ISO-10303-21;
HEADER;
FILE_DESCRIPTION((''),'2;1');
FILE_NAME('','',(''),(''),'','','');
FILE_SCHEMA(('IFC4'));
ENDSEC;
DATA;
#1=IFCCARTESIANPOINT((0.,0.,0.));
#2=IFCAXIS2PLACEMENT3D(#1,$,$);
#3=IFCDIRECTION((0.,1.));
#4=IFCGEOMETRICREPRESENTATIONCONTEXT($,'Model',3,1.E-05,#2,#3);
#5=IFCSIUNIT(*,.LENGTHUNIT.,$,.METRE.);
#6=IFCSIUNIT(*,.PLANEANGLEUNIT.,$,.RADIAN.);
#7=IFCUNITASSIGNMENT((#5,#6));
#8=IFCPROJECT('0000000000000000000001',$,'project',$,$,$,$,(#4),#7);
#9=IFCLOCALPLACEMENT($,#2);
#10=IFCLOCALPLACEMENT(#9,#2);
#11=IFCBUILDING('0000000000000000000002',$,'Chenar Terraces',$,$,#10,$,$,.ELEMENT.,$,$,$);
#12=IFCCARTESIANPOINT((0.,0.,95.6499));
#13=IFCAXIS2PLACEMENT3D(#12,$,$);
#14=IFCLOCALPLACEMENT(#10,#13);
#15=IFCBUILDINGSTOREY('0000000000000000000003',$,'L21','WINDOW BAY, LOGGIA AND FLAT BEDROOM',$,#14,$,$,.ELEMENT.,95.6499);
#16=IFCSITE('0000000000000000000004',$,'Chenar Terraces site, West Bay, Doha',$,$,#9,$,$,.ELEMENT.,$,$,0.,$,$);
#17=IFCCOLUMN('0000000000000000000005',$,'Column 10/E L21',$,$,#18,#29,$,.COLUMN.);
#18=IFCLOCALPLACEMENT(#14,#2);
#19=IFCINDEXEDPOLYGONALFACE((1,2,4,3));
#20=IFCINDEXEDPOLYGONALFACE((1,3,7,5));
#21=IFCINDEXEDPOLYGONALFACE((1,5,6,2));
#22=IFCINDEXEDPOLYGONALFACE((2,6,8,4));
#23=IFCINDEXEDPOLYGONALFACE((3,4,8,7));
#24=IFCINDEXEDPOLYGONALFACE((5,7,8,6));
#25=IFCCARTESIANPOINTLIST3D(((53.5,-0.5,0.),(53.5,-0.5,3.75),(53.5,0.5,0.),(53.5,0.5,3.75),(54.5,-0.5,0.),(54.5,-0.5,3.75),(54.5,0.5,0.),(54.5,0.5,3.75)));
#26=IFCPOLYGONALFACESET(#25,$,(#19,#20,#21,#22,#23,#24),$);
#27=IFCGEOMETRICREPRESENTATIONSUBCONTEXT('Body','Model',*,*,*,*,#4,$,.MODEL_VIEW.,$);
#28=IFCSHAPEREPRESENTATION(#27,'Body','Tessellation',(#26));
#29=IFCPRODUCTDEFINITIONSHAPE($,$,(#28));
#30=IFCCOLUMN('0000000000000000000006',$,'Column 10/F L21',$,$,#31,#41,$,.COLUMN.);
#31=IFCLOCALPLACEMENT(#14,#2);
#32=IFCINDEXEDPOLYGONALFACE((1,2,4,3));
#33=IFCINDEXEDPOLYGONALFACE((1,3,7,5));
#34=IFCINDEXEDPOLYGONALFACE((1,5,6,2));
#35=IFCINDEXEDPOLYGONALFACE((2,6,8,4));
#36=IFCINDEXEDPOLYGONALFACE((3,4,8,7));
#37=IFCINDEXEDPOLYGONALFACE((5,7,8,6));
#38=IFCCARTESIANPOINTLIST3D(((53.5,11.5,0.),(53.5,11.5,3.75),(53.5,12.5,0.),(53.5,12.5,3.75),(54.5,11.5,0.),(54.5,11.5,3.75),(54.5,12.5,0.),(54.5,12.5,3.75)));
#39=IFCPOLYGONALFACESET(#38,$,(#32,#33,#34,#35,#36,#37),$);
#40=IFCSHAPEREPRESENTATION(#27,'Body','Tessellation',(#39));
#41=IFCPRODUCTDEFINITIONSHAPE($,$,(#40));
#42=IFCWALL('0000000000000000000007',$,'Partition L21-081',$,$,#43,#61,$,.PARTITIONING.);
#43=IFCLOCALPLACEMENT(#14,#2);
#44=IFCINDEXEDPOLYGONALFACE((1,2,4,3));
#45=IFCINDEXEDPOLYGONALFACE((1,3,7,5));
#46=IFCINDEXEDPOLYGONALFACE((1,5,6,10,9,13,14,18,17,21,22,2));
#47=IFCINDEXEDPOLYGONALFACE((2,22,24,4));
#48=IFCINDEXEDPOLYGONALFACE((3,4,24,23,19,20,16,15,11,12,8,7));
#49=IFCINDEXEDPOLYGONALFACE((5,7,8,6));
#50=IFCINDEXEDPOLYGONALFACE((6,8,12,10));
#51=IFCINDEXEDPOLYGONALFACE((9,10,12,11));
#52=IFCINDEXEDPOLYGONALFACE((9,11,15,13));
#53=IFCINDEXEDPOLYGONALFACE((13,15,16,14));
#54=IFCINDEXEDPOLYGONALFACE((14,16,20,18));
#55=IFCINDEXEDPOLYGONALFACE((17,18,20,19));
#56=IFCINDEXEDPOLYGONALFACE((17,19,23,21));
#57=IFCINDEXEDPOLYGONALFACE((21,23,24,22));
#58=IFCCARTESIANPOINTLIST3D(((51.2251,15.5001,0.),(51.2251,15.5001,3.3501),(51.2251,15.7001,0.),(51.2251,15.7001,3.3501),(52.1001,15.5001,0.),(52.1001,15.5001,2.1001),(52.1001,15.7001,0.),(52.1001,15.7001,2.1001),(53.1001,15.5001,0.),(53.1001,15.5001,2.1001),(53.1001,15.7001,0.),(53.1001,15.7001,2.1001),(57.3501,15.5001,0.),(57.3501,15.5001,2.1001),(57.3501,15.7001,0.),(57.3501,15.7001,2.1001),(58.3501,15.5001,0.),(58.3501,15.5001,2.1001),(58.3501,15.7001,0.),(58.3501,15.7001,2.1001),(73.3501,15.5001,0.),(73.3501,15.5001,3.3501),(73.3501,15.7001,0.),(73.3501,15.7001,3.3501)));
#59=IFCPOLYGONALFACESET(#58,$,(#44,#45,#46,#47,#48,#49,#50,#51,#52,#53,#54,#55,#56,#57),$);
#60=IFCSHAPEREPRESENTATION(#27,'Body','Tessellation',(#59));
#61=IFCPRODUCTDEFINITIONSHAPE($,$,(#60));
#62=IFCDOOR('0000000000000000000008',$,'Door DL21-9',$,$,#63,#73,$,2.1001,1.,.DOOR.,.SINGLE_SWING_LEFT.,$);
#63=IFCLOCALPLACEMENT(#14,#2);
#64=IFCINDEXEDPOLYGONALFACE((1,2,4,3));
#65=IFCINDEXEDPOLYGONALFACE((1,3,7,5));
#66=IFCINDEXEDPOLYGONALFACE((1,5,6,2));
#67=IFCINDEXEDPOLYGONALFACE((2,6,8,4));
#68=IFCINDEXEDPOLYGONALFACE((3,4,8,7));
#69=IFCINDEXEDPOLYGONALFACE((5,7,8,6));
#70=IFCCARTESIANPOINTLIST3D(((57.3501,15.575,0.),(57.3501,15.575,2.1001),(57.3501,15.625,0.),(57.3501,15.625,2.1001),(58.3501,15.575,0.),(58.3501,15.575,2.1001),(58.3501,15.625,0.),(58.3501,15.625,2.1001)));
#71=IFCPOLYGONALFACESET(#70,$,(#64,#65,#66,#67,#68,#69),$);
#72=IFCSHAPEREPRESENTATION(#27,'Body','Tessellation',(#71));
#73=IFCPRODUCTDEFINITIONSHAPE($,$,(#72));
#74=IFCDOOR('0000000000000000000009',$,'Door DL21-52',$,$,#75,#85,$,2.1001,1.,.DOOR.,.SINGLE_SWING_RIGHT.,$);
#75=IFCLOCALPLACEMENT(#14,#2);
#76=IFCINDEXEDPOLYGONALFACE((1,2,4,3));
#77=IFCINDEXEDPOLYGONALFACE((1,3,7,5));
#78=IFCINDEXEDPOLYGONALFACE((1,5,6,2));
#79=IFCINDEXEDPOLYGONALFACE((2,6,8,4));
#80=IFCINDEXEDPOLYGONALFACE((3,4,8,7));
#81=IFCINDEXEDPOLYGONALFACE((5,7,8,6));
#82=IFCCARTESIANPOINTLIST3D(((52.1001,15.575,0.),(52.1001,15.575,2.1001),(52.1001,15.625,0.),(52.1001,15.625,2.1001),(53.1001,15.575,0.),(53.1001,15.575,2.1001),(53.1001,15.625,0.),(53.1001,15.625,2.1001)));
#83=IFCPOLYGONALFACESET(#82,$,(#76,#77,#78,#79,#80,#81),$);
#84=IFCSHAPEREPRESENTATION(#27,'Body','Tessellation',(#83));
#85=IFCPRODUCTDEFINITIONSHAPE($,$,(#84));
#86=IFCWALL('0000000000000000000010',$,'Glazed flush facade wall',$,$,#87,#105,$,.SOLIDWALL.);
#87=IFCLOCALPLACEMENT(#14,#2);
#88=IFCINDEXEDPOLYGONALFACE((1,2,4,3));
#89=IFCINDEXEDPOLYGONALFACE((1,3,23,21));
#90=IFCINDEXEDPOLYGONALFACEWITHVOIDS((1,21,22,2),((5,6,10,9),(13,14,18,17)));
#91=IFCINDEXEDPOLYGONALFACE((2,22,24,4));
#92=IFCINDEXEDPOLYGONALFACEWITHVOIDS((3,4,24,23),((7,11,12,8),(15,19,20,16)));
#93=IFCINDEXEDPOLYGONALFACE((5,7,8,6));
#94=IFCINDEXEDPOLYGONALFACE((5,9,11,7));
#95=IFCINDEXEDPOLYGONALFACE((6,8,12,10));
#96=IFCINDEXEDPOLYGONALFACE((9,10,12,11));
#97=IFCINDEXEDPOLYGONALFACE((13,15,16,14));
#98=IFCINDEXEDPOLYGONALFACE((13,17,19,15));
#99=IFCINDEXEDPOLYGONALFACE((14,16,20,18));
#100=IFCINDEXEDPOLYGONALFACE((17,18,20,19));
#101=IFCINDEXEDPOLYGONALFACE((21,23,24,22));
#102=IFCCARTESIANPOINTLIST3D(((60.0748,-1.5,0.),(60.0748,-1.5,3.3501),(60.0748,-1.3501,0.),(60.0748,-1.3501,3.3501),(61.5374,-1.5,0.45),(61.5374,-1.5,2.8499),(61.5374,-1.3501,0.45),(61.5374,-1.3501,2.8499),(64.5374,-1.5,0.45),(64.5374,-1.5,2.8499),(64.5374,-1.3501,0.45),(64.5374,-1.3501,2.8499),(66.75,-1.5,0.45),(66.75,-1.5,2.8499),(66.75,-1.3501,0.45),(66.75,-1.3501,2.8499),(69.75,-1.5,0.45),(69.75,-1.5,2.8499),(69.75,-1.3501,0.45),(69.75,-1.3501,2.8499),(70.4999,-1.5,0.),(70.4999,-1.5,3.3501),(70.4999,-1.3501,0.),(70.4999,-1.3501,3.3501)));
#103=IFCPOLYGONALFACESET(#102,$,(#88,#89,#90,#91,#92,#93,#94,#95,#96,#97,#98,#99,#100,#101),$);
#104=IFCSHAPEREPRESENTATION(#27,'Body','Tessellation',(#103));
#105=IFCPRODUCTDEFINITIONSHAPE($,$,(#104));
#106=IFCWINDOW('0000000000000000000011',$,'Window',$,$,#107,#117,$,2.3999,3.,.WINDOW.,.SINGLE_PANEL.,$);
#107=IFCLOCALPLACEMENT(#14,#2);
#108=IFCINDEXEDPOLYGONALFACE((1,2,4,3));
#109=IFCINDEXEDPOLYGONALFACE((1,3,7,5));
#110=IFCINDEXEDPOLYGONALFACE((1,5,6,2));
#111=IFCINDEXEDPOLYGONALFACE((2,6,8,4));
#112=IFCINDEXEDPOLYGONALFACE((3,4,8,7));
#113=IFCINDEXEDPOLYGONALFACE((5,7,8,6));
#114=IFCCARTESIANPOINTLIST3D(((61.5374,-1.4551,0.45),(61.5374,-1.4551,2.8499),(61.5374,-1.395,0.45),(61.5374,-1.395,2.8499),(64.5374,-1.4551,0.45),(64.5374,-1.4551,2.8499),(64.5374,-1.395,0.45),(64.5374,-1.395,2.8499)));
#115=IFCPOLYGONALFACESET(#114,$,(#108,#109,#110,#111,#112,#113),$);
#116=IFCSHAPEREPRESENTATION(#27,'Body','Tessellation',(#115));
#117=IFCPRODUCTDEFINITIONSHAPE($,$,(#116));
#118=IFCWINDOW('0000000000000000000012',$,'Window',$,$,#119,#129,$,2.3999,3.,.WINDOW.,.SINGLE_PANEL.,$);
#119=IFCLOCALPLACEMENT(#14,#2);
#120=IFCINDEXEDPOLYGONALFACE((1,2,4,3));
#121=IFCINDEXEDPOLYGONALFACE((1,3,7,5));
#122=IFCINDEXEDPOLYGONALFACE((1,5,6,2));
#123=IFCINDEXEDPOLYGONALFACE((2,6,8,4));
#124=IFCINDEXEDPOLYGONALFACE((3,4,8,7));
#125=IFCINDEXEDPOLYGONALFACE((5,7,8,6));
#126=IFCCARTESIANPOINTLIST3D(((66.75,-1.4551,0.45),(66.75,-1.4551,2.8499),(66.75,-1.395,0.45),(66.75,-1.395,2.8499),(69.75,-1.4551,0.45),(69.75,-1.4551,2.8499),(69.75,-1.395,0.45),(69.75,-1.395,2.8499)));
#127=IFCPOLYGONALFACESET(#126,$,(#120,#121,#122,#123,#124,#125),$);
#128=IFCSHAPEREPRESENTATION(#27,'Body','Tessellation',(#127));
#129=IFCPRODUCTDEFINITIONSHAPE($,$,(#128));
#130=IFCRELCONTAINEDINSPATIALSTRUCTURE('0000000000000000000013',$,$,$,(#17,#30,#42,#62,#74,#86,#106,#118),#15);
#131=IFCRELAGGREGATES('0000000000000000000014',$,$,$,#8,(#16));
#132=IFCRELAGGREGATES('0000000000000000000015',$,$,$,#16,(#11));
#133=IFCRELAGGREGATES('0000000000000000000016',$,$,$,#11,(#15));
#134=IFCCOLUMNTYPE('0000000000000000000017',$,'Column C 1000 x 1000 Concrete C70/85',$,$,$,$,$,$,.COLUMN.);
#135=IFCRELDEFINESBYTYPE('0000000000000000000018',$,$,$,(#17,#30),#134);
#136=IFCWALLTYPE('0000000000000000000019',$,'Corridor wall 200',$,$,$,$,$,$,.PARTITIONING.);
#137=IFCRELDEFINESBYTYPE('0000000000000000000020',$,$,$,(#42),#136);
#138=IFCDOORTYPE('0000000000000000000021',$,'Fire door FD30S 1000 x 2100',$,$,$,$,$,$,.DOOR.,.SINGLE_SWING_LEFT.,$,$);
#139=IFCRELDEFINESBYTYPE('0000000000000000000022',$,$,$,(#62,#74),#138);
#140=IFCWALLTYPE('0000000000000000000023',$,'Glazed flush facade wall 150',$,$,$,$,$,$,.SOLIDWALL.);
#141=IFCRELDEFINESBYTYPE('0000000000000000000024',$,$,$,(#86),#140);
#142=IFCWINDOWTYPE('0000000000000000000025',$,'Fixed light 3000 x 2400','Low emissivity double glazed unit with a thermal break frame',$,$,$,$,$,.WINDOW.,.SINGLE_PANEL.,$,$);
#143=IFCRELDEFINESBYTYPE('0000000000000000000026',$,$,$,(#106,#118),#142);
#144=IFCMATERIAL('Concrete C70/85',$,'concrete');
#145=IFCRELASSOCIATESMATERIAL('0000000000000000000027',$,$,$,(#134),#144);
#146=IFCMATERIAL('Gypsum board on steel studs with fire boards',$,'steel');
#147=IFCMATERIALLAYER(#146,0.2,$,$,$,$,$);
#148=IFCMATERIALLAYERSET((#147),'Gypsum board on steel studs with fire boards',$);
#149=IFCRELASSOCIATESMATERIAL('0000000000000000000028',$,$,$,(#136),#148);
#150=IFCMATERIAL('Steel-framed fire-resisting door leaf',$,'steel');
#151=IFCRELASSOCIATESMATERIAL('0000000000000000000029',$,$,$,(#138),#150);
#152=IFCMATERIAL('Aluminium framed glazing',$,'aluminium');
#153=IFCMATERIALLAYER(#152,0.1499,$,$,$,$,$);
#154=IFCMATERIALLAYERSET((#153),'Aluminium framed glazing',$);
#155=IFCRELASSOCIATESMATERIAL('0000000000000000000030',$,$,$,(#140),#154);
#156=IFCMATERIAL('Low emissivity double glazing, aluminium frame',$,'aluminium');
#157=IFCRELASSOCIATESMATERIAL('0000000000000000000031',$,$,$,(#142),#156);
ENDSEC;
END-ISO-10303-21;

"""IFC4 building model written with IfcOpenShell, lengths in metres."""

from ifc_helpers import new_model, si_unit, direction, frame, frame_2d, origin, origin_2d, place, context, subcontext, project, spatial, rectangle, extrude, material, layer, layer_set, material_profile, profile_set, type_object, element, fill, save


model = new_model("IFC4")

# Units and contexts
model_context = context("Model", 3, precision=1e-05, world=origin(), true_north=direction((0.0, 1.0)))
body_context = subcontext(model_context, "Body", "Model", "MODEL_VIEW")
ifc_project = project(units=[si_unit("LENGTHUNIT", "METRE"), si_unit("PLANEANGLEUNIT", "RADIAN")], contexts=[model_context])

# Site, building, storey
site_placement = place(None, origin())
site = spatial("IfcSite", under=ifc_project, at=site_placement, Name="Chenar Terraces site, West Bay, Doha", CompositionType="ELEMENT", RefElevation=0.0)
building_placement = place(site_placement, origin())
building = spatial("IfcBuilding", under=site, at=building_placement, Name="Chenar Terraces", CompositionType="ELEMENT")
storey_placement = place(building_placement, frame((0.0, 0.0, 95.6499)))
storey = spatial("IfcBuildingStorey", under=building, at=storey_placement, Name="L21", Description="WINDOW BAY, LOGGIA AND FLAT BEDROOM", CompositionType="ELEMENT", Elevation=95.6499)

# Columns
ifc_material_1 = material(Name="Concrete C70/85", Category="concrete")
ifc_material_profile = material_profile(ifc_material_1, rectangle(XDim=1.0, YDim=1.0, at=origin_2d()), Name="C 1000 x 1000")
ifc_profile_set = profile_set([ifc_material_profile], Name="Concrete C70/85")
column_type = type_object("IfcColumnType", Name="Column C 1000 x 1000 Concrete C70/85", PredefinedType="COLUMN", material=ifc_profile_set)
for number, where, z_axis, x_axis, name in (
    (1, (54.0, 0.0, 0.0), (0.0, 0.0, 1.0), (1.0, 0.0, 0.0), "Column 10/E L21"),
    (2, (54.0, 12.0, 0.0), (0.0, 0.0, 1.0), (1.0, 0.0, 0.0), "Column 10/F L21"),
):
    element("IfcColumn", number, at=place(storey_placement, frame(where, z_axis=z_axis, x_axis=x_axis)), inside=storey, type_object=column_type, Name=name, PredefinedType="COLUMN", context=body_context, shape_type="SweptSolid", body=[
        extrude(rectangle(XDim=1.0, YDim=1.0, at=origin_2d()), origin(), (0.0, 0.0, 1.0), 3.75),
    ])

# Wall, openings, doors
ifc_material_2 = material(Name="Gypsum board on steel studs with fire boards", Category="steel")
ifc_layer_1 = layer(ifc_material_2, 0.2)
ifc_layer_set_1 = layer_set([ifc_layer_1], Name="Gypsum board on steel studs with fire boards")
wall_type_1 = type_object("IfcWallType", Name="Corridor wall 200", PredefinedType="PARTITIONING", material=ifc_layer_set_1)
wall_1_placement = place(storey_placement, frame((51.2251, 15.6001, 0.0), z_axis=(0.0, 0.0, 1.0), x_axis=(1.0, 0.0, 0.0)))
wall_1 = element("IfcWall", 3, at=wall_1_placement, inside=storey, type_object=wall_type_1, Name="Partition L21-081", PredefinedType="PARTITIONING", context=body_context, shape_type="SweptSolid", body=[
    extrude(rectangle(XDim=22.125, YDim=0.2, at=frame_2d((11.0625, 0.0))), origin(), (0.0, 0.0, 1.0), 3.3501),
])
opening_1_placement = place(wall_1_placement, frame((6.125, 0.0, 0.0)))
opening_1 = element("IfcOpeningElement", 4, at=opening_1_placement, cuts=wall_1, PredefinedType="OPENING", context=body_context, shape_type="SweptSolid", body=[
    extrude(rectangle(XDim=1.0, YDim=2.1001, at=frame_2d((0.5, 1.05))), frame((0.0, 0.1099, 0.0), z_axis=(0.0, -1.0, 0.0), x_axis=(1.0, 0.0, 0.0)), (0.0, 0.0, 1.0), 0.22),
])
opening_2_placement = place(wall_1_placement, frame((0.875, 0.0, 0.0)))
opening_2 = element("IfcOpeningElement", 5, at=opening_2_placement, cuts=wall_1, PredefinedType="OPENING", context=body_context, shape_type="SweptSolid", body=[
    extrude(rectangle(XDim=1.0, YDim=2.1001, at=frame_2d((0.5, 1.05))), frame((0.0, 0.1099, 0.0), z_axis=(0.0, -1.0, 0.0), x_axis=(1.0, 0.0, 0.0)), (0.0, 0.0, 1.0), 0.22),
])
ifc_material_3 = material(Name="Steel-framed fire-resisting door leaf", Category="steel")
door_type_1 = type_object("IfcDoorType", Name="Fire door FD30S 1000 x 2100", OperationType="SINGLE_SWING_LEFT", PredefinedType="DOOR", material=ifc_material_3)
door_1_placement = place(opening_1_placement, origin())
door_1 = element("IfcDoor", 6, at=door_1_placement, inside=storey, type_object=door_type_1, Name="Door DL21-9", OperationType="SINGLE_SWING_LEFT", OverallHeight=2.1001, OverallWidth=1.0, PredefinedType="DOOR", context=body_context, shape_type="SweptSolid", body=[
    extrude(rectangle(XDim=1.0, YDim=2.1001, at=frame_2d((0.5, 1.05))), frame((0.0, 0.0249, 0.0), z_axis=(0.0, -1.0, 0.0), x_axis=(1.0, 0.0, 0.0)), (0.0, 0.0, 1.0), 0.05),
])
fill(opening_1, door_1)
door_2_placement = place(opening_2_placement, origin())
door_2 = element("IfcDoor", 7, at=door_2_placement, inside=storey, type_object=door_type_1, Name="Door DL21-52", OperationType="SINGLE_SWING_RIGHT", OverallHeight=2.1001, OverallWidth=1.0, PredefinedType="DOOR", context=body_context, shape_type="SweptSolid", body=[
    extrude(rectangle(XDim=1.0, YDim=2.1001, at=frame_2d((0.5, 1.05))), frame((0.0, 0.0249, 0.0), z_axis=(0.0, -1.0, 0.0), x_axis=(1.0, 0.0, 0.0)), (0.0, 0.0, 1.0), 0.05),
])
fill(opening_2, door_2)

# Wall, openings, windows
ifc_material_4 = material(Name="Aluminium framed glazing", Category="aluminium")
ifc_layer_2 = layer(ifc_material_4, 0.1499)
ifc_layer_set_2 = layer_set([ifc_layer_2], Name="Aluminium framed glazing")
wall_type_2 = type_object("IfcWallType", Name="Glazed flush facade wall 150", PredefinedType="SOLIDWALL", material=ifc_layer_set_2)
wall_2_placement = place(storey_placement, frame((60.075, -1.425, 0.0), z_axis=(0.0, 0.0, 1.0), x_axis=(1.0, 0.0, 0.0)))
wall_2 = element("IfcWall", 8, at=wall_2_placement, inside=storey, type_object=wall_type_2, Name="Glazed flush facade wall", PredefinedType="SOLIDWALL", context=body_context, shape_type="SweptSolid", body=[
    extrude(rectangle(XDim=10.425, YDim=0.1499, at=frame_2d((5.2124, 0.0))), origin(), (0.0, 0.0, 1.0), 3.3501),
])
opening_3_placement = place(wall_2_placement, frame((1.4624, 0.0, 0.45)))
opening_3 = element("IfcOpeningElement", 9, at=opening_3_placement, cuts=wall_2, PredefinedType="OPENING", context=body_context, shape_type="SweptSolid", body=[
    extrude(rectangle(XDim=3.0, YDim=2.3999, at=frame_2d((1.5, 1.2))), frame((0.0, 0.085, 0.0), z_axis=(0.0, -1.0, 0.0), x_axis=(1.0, 0.0, 0.0)), (0.0, 0.0, 1.0), 0.1699),
])
opening_4_placement = place(wall_2_placement, frame((6.675, 0.0, 0.45)))
opening_4 = element("IfcOpeningElement", 10, at=opening_4_placement, cuts=wall_2, PredefinedType="OPENING", context=body_context, shape_type="SweptSolid", body=[
    extrude(rectangle(XDim=3.0, YDim=2.3999, at=frame_2d((1.5, 1.2))), frame((0.0, 0.085, 0.0), z_axis=(0.0, -1.0, 0.0), x_axis=(1.0, 0.0, 0.0)), (0.0, 0.0, 1.0), 0.1699),
])
ifc_material_5 = material(Name="Low emissivity double glazing, aluminium frame", Category="aluminium")
window_type = type_object("IfcWindowType", Name="Fixed light 3000 x 2400", Description="Low emissivity double glazed unit with a thermal break frame", PartitioningType="SINGLE_PANEL", PredefinedType="WINDOW", material=ifc_material_5)
window_1_placement = place(opening_3_placement, origin())
window_1 = element("IfcWindow", 11, at=window_1_placement, inside=storey, type_object=window_type, Name="Window", OverallHeight=2.3999, OverallWidth=3.0, PartitioningType="SINGLE_PANEL", PredefinedType="WINDOW", context=body_context, shape_type="SweptSolid", body=[
    extrude(rectangle(XDim=3.0, YDim=2.3999, at=frame_2d((1.5, 1.2))), frame((0.0, 0.03, 0.0), z_axis=(0.0, -1.0, 0.0), x_axis=(1.0, 0.0, 0.0)), (0.0, 0.0, 1.0), 0.0601),
])
fill(opening_3, window_1)
window_2_placement = place(opening_4_placement, origin())
window_2 = element("IfcWindow", 12, at=window_2_placement, inside=storey, type_object=window_type, Name="Window", OverallHeight=2.3999, OverallWidth=3.0, PartitioningType="SINGLE_PANEL", PredefinedType="WINDOW", context=body_context, shape_type="SweptSolid", body=[
    extrude(rectangle(XDim=3.0, YDim=2.3999, at=frame_2d((1.5, 1.2))), frame((0.0, 0.03, 0.0), z_axis=(0.0, -1.0, 0.0), x_axis=(1.0, 0.0, 0.0)), (0.0, 0.0, 1.0), 0.0601),
])
fill(opening_4, window_2)

save(model, "model.ifc")
